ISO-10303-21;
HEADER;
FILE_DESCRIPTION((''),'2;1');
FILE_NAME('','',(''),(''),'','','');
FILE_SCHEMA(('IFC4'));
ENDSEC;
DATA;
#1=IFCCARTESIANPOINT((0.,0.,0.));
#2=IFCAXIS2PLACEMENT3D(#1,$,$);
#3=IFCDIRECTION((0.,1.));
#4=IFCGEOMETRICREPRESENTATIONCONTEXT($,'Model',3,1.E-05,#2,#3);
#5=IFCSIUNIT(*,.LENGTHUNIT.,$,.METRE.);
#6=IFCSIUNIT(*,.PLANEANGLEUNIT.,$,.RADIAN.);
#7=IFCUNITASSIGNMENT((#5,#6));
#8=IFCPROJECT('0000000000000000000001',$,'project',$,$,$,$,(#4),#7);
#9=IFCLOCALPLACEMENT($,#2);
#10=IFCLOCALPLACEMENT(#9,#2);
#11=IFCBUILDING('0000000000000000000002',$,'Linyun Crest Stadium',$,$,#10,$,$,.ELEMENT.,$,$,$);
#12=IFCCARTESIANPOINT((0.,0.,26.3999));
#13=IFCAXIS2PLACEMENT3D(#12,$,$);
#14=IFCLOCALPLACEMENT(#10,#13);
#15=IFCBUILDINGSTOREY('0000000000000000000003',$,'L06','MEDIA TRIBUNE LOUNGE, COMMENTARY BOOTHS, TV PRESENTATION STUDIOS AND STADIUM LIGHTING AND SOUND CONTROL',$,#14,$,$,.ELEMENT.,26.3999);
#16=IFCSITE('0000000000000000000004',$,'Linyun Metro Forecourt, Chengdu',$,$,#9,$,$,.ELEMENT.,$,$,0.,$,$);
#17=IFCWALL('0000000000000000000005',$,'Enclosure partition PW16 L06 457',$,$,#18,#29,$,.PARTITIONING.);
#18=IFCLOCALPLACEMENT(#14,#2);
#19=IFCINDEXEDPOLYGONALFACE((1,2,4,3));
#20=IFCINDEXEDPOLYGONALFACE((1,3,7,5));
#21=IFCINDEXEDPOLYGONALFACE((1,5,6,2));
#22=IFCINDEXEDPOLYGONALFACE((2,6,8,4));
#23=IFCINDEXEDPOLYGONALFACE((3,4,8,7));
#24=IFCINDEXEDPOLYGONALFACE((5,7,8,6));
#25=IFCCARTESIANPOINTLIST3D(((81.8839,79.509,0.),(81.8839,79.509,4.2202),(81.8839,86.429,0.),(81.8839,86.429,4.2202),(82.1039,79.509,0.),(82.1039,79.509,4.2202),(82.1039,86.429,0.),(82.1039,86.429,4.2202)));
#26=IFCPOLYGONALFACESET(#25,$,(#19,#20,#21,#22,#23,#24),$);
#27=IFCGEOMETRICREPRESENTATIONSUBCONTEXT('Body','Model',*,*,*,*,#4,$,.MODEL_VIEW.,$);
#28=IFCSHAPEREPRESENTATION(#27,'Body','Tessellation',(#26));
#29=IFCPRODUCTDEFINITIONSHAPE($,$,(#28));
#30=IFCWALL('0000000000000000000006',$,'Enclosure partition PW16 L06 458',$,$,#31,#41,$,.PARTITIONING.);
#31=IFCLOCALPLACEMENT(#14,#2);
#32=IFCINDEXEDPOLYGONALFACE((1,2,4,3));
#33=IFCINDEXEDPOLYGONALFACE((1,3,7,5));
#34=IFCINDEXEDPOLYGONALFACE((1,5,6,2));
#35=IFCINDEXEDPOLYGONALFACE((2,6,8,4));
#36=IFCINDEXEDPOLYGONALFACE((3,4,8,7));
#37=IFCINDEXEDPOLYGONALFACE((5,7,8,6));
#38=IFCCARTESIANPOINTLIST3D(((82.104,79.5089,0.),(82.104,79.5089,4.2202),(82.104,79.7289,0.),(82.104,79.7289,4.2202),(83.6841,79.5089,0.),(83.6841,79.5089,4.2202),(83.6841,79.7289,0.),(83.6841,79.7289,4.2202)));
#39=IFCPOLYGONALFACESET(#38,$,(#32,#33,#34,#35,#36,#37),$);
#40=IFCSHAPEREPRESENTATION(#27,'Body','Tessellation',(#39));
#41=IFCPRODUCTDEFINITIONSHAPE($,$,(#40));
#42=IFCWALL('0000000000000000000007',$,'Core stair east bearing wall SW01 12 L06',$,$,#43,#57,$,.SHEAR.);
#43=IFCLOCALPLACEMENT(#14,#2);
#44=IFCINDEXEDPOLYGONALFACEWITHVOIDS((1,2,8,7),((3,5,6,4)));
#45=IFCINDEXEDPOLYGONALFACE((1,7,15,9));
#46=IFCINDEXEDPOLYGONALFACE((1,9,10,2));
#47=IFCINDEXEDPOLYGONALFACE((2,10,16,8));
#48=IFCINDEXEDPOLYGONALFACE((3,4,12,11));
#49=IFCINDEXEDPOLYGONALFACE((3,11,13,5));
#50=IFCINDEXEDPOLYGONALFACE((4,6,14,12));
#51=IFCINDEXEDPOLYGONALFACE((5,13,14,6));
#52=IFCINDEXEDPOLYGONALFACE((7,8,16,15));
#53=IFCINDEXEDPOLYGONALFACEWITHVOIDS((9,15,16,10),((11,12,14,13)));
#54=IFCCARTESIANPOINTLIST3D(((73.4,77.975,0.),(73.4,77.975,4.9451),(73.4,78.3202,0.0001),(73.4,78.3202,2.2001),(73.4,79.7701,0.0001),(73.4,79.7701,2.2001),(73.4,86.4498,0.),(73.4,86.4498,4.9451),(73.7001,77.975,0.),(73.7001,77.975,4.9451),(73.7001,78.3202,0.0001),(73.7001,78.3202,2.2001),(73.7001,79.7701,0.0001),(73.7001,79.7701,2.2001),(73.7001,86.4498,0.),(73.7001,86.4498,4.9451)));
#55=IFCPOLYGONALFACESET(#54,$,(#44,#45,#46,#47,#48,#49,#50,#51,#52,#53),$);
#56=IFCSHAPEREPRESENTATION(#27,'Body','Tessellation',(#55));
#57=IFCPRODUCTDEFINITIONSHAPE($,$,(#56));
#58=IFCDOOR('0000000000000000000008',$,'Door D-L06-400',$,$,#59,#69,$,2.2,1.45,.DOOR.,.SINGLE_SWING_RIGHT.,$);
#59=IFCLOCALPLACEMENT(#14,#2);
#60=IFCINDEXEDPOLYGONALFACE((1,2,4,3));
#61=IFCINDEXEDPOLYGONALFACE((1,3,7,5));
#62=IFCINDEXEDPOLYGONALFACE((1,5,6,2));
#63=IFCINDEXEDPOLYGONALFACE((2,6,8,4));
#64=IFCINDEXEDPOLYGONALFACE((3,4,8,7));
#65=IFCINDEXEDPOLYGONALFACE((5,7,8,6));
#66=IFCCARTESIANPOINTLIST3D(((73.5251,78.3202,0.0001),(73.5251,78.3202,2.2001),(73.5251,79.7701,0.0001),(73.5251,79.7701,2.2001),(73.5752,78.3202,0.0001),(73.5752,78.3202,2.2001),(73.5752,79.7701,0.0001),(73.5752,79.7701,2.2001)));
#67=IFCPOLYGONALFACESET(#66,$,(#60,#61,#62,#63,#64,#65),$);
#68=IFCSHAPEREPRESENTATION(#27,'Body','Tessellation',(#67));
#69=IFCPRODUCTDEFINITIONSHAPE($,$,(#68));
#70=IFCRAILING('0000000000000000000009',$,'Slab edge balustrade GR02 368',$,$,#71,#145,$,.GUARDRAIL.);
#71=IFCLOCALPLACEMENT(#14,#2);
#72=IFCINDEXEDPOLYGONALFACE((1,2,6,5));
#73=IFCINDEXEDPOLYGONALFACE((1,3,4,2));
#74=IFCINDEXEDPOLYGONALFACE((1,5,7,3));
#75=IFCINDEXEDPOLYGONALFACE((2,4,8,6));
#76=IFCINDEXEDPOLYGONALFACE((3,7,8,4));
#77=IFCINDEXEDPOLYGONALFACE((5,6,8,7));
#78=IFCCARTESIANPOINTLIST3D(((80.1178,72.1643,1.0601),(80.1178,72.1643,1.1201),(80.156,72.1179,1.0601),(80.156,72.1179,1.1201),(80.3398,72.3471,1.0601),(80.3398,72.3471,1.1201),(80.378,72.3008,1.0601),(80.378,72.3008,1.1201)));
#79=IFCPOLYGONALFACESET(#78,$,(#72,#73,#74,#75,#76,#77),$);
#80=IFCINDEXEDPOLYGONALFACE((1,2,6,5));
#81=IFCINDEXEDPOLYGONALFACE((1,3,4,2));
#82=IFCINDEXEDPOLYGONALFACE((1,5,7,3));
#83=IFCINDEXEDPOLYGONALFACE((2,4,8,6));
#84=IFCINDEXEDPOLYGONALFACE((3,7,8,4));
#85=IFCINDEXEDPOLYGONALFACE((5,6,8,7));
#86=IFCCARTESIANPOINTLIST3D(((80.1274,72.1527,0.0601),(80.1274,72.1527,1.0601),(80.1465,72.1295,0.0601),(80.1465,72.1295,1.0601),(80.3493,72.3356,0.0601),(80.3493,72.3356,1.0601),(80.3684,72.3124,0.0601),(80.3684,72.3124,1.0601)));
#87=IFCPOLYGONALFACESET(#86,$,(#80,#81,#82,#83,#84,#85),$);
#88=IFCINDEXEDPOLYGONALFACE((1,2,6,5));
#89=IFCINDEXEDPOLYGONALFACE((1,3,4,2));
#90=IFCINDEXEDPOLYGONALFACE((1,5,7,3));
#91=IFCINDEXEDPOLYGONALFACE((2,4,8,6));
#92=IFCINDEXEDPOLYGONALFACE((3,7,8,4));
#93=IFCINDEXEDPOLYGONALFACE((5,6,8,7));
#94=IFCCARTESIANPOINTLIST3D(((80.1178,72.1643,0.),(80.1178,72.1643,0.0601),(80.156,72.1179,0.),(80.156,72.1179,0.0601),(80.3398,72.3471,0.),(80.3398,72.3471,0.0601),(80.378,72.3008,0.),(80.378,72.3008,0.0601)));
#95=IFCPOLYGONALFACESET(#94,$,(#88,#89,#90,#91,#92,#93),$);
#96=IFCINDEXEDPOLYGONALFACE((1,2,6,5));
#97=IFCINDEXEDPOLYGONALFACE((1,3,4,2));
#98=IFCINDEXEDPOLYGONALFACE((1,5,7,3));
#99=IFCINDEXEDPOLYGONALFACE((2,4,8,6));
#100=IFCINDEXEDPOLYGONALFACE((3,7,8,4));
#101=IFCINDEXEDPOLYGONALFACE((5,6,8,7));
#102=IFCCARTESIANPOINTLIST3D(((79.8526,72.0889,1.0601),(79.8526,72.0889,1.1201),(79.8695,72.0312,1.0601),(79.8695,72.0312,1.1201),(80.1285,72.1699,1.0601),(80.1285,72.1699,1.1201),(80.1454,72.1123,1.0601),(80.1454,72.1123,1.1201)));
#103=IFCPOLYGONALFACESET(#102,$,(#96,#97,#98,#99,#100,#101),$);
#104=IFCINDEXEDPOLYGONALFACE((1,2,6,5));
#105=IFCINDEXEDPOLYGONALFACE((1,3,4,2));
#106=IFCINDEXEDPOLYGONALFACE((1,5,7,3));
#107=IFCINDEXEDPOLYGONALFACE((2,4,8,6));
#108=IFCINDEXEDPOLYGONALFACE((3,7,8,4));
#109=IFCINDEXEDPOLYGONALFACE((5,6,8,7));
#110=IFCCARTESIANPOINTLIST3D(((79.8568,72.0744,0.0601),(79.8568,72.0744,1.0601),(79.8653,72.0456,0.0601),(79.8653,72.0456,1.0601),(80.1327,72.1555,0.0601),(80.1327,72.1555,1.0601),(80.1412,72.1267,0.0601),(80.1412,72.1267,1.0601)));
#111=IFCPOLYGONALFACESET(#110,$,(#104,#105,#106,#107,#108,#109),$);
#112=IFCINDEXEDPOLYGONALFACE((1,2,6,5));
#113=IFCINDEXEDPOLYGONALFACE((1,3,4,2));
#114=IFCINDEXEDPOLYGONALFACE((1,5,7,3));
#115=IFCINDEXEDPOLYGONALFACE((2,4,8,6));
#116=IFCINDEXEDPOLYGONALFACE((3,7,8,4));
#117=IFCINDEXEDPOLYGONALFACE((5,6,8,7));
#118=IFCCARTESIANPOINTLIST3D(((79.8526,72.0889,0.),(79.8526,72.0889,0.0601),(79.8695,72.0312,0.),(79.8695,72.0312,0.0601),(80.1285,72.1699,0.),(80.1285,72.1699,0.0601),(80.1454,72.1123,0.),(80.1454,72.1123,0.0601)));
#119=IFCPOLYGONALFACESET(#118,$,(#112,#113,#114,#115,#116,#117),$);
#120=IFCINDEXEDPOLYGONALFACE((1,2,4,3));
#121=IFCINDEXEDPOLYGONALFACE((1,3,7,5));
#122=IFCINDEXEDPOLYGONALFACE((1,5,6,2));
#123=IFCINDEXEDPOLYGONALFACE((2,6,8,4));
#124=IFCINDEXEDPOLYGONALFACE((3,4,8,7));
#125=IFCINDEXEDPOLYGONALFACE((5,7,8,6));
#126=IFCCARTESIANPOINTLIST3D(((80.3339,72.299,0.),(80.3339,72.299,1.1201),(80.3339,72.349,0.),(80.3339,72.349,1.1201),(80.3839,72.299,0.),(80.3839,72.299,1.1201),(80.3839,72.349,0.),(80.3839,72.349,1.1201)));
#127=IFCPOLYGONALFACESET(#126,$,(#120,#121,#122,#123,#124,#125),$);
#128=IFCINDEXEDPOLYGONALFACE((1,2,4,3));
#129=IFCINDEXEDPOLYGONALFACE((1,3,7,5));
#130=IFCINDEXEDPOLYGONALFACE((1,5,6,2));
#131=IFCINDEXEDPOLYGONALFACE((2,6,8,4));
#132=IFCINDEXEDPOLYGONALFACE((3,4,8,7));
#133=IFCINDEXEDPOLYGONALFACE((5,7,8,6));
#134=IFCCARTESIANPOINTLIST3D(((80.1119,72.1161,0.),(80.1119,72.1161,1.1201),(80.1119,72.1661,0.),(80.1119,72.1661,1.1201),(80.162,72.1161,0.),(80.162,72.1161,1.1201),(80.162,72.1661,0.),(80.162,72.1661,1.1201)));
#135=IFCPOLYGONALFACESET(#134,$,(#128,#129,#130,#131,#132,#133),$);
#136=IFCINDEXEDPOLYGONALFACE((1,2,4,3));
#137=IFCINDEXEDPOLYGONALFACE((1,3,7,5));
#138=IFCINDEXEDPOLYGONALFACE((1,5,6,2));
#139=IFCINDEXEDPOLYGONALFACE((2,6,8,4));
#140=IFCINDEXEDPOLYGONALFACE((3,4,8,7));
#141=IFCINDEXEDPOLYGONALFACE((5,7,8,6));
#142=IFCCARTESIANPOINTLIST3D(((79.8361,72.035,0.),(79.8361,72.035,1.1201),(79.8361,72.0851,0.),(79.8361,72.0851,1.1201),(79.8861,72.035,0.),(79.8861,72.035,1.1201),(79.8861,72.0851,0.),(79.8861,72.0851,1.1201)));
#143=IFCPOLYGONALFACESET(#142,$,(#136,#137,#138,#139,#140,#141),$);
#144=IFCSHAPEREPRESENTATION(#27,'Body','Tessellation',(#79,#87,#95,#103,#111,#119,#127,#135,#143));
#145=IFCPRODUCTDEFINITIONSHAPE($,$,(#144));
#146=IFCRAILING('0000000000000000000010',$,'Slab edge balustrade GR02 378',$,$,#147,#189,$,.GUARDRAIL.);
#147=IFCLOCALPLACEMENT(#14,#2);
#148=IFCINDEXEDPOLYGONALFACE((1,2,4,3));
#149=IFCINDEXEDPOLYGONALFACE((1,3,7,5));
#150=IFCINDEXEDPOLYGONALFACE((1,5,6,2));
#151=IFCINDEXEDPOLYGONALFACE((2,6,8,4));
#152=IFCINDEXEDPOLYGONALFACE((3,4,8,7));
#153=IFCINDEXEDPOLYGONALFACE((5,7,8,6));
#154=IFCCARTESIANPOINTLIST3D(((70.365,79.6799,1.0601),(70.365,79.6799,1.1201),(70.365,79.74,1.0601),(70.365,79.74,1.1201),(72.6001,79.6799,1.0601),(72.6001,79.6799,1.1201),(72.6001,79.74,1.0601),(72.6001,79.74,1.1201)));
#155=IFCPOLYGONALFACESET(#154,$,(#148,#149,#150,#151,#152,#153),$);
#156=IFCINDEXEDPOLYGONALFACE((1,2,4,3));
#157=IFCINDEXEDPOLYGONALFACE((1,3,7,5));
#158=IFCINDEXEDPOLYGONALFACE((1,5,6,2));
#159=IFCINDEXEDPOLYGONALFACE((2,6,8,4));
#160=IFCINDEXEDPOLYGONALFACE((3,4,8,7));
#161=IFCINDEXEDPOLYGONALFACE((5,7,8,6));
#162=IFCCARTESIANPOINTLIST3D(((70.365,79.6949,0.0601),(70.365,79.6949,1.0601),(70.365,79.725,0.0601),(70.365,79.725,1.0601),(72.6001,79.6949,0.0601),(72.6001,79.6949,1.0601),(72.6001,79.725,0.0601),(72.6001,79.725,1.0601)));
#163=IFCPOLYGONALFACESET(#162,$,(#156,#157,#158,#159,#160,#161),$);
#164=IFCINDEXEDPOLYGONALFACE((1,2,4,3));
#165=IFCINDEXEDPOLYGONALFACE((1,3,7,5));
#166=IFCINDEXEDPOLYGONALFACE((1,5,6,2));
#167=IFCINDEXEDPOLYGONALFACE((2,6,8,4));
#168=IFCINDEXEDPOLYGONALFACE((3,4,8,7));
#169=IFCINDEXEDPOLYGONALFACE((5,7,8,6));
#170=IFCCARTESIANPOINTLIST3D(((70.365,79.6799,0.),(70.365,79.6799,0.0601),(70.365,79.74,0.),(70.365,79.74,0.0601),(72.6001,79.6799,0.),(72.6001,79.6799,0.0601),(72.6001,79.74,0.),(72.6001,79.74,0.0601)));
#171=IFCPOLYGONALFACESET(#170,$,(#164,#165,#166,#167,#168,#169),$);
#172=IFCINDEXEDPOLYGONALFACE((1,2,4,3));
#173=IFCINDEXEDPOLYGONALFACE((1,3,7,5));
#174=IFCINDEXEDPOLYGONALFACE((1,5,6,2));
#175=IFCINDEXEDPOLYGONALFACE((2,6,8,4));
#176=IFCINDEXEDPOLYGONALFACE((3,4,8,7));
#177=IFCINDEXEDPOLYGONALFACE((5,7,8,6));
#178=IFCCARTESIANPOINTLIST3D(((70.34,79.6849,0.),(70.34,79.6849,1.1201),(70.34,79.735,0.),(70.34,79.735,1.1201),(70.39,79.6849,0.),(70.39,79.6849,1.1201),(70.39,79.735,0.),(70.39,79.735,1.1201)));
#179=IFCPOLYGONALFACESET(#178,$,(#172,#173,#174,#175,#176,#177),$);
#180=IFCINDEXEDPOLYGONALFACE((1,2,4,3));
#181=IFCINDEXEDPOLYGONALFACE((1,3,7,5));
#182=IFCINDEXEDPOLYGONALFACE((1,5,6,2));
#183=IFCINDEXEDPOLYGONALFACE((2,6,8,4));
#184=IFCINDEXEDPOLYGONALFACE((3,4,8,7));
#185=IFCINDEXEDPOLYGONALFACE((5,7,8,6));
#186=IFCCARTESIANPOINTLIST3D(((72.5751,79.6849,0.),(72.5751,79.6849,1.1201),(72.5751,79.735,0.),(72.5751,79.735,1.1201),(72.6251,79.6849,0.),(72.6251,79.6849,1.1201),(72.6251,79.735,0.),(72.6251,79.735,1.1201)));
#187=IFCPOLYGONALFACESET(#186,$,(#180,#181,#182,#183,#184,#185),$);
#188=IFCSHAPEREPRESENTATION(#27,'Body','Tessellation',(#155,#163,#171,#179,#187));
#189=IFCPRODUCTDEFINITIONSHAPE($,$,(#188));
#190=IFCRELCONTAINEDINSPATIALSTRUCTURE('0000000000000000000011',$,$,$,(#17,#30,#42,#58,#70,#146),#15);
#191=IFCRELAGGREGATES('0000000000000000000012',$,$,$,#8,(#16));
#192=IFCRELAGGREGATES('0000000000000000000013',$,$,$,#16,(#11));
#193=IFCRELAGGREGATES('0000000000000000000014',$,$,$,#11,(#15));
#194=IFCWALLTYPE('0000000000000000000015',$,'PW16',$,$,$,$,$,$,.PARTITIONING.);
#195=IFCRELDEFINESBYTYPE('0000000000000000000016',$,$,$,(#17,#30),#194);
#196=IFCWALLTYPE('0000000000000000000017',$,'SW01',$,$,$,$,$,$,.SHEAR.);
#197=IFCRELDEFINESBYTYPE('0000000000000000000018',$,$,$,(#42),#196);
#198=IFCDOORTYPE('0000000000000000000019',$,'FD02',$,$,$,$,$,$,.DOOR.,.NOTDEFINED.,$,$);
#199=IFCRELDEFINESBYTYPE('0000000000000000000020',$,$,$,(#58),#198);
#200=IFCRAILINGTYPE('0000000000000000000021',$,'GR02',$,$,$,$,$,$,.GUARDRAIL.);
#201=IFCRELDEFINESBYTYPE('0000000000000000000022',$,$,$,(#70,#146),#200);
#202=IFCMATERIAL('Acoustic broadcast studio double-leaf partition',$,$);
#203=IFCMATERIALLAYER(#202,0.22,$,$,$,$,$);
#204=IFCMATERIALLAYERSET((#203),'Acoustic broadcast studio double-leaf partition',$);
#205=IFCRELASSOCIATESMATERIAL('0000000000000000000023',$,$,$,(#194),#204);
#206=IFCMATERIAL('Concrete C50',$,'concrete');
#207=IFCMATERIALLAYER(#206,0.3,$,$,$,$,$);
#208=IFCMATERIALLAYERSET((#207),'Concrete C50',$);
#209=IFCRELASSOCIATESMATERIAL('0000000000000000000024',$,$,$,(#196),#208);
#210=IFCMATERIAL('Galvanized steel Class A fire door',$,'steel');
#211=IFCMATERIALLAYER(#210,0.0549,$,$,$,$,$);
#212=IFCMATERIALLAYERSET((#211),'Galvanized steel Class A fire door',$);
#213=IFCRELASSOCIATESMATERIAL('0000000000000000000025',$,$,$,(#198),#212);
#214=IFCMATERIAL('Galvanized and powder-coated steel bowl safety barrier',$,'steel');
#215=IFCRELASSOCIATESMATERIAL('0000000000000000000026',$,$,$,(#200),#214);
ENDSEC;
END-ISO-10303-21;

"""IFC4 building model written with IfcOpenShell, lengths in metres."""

from ifc_helpers import new_model, si_unit, direction, frame, frame_2d, origin, origin_2d, place, context, subcontext, project, spatial, rectangle, extrude, material, layer, layer_set, type_object, element, fill, save


model = new_model("IFC4")

# Units and contexts
model_context = context("Model", 3, precision=1e-05, world=origin(), true_north=direction((0.0, 1.0)))
body_context = subcontext(model_context, "Body", "Model", "MODEL_VIEW")
ifc_project = project(units=[si_unit("LENGTHUNIT", "METRE"), si_unit("PLANEANGLEUNIT", "RADIAN")], contexts=[model_context])

# Site, building, storey
site_placement = place(None, origin())
site = spatial("IfcSite", under=ifc_project, at=site_placement, Name="Linyun Metro Forecourt, Chengdu", CompositionType="ELEMENT", RefElevation=0.0)
building_placement = place(site_placement, origin())
building = spatial("IfcBuilding", under=site, at=building_placement, Name="Linyun Crest Stadium", CompositionType="ELEMENT")
storey_placement = place(building_placement, frame((0.0, 0.0, 26.3999)))
storey = spatial("IfcBuildingStorey", under=building, at=storey_placement, Name="L06", Description="MEDIA TRIBUNE LOUNGE, COMMENTARY BOOTHS, TV PRESENTATION STUDIOS AND STADIUM LIGHTING AND SOUND CONTROL", CompositionType="ELEMENT", Elevation=26.3999)

# Walls
ifc_material_1 = material(Name="Acoustic broadcast studio double-leaf partition")
ifc_layer_1 = layer(ifc_material_1, 0.22)
ifc_layer_set_1 = layer_set([ifc_layer_1], Name="Acoustic broadcast studio double-leaf partition")
wall_type_1 = type_object("IfcWallType", Name="PW16", PredefinedType="PARTITIONING", material=ifc_layer_set_1)
wall_1_placement = place(storey_placement, frame((81.9939, 79.509, 0.0), z_axis=(0.0, 0.0, 1.0), x_axis=(0.0, 1.0, 0.0)))
element("IfcWall", 1, at=wall_1_placement, inside=storey, type_object=wall_type_1, Name="Enclosure partition PW16 L06 457", PredefinedType="PARTITIONING", context=body_context, shape_type="SweptSolid", body=[
    extrude(rectangle(XDim=6.9199, YDim=0.22, at=frame_2d((3.46, 0.0))), origin(), (0.0, 0.0, 1.0), 4.2202),
])
wall_2_placement = place(storey_placement, frame((82.104, 79.6189, 0.0), z_axis=(0.0, 0.0, 1.0), x_axis=(1.0, 0.0, 0.0)))
element("IfcWall", 2, at=wall_2_placement, inside=storey, type_object=wall_type_1, Name="Enclosure partition PW16 L06 458", PredefinedType="PARTITIONING", context=body_context, shape_type="SweptSolid", body=[
    extrude(rectangle(XDim=1.5801, YDim=0.22, at=frame_2d((0.79, 0.0))), origin(), (0.0, 0.0, 1.0), 4.2202),
])

# Wall, opening, door
ifc_material_2 = material(Name="Concrete C50", Category="concrete")
ifc_layer_2 = layer(ifc_material_2, 0.3)
ifc_layer_set_2 = layer_set([ifc_layer_2], Name="Concrete C50")
wall_type_2 = type_object("IfcWallType", Name="SW01", PredefinedType="SHEAR", material=ifc_layer_set_2)
wall_3_placement = place(storey_placement, frame((73.55, 77.9751, 0.0), z_axis=(0.0, 0.0, 1.0), x_axis=(0.0, 1.0, 0.0)))
wall_3 = element("IfcWall", 3, at=wall_3_placement, inside=storey, type_object=wall_type_2, Name="Core stair east bearing wall SW01 12 L06", PredefinedType="SHEAR", context=body_context, shape_type="SweptSolid", body=[
    extrude(rectangle(XDim=8.4749, YDim=0.3, at=frame_2d((4.2373, 0.0))), origin(), (0.0, 0.0, 1.0), 4.9451),
])
opening_1_placement = place(wall_3_placement, frame((0.345, 0.0, 0.0)))
opening_1 = element("IfcOpeningElement", 4, at=opening_1_placement, cuts=wall_3, PredefinedType="OPENING", context=body_context, shape_type="SweptSolid", body=[
    extrude(rectangle(XDim=1.45, YDim=2.2, at=frame_2d((0.7251, 1.1001))), frame((0.0, 0.1599, 0.0), z_axis=(0.0, -1.0, 0.0), x_axis=(1.0, 0.0, 0.0)), (0.0, 0.0, 1.0), 0.3201),
])
ifc_material_3 = material(Name="Galvanized steel Class A fire door", Category="steel")
ifc_layer_3 = layer(ifc_material_3, 0.0549)
ifc_layer_set_3 = layer_set([ifc_layer_3], Name="Galvanized steel Class A fire door")
door_type_1 = type_object("IfcDoorType", Name="FD02", OperationType="NOTDEFINED", PredefinedType="DOOR", material=ifc_layer_set_3)
door_1_placement = place(opening_1_placement, origin())
door_1 = element("IfcDoor", 5, at=door_1_placement, inside=storey, type_object=door_type_1, Name="Door D-L06-400", OperationType="SINGLE_SWING_RIGHT", OverallHeight=2.2, OverallWidth=1.45, PredefinedType="DOOR", context=body_context, shape_type="SweptSolid", body=[
    extrude(rectangle(XDim=1.45, YDim=2.2, at=frame_2d((0.7251, 1.1001))), frame((0.0, 0.0249, 0.0), z_axis=(0.0, -1.0, 0.0), x_axis=(1.0, 0.0, 0.0)), (0.0, 0.0, 1.0), 0.05),
])
fill(opening_1, door_1)

# Railings
ifc_material_4 = material(Name="Galvanized and powder-coated steel bowl safety barrier", Category="steel")
railing_type_1 = type_object("IfcRailingType", Name="GR02", PredefinedType="GUARDRAIL", material=ifc_material_4)
railing_1_placement = place(storey_placement, frame((80.3589, 72.324, 0.0)))
element("IfcRailing", 6, at=railing_1_placement, inside=storey, type_object=railing_type_1, Name="Slab edge balustrade GR02 368", PredefinedType="GUARDRAIL", context=body_context, shape_type="SweptSolid", body=[
    extrude(rectangle(XDim=0.0601, YDim=0.0601, at=origin_2d()), frame((0.0, 0.0, 1.0901), z_axis=(-0.771759, -0.635916, 0.0), x_axis=(0.635916, -0.771759, 0.0)), (0.0, 0.0, 1.0), 0.2876),
    extrude(rectangle(XDim=0.03, YDim=1.0, at=origin_2d()), frame((0.0, 0.0, 0.5601), z_axis=(-0.771759, -0.635916, 0.0), x_axis=(0.635916, -0.771759, 0.0)), (0.0, 0.0, 1.0), 0.2876),
    extrude(rectangle(XDim=0.0601, YDim=0.0601, at=origin_2d()), frame((0.0, 0.0, 0.03), z_axis=(-0.771759, -0.635916, 0.0), x_axis=(0.635916, -0.771759, 0.0)), (0.0, 0.0, 1.0), 0.2876),
    extrude(rectangle(XDim=0.0601, YDim=0.0601, at=origin_2d()), frame((-0.2219, -0.1829, 1.0901), z_axis=(-0.959447, -0.281891, 0.0), x_axis=(0.281891, -0.959447, 0.0)), (0.0, 0.0, 1.0), 0.2876),
    extrude(rectangle(XDim=0.03, YDim=1.0, at=origin_2d()), frame((-0.2219, -0.1829, 0.5601), z_axis=(-0.959447, -0.281891, 0.0), x_axis=(0.281891, -0.959447, 0.0)), (0.0, 0.0, 1.0), 0.2876),
    extrude(rectangle(XDim=0.0601, YDim=0.0601, at=origin_2d()), frame((-0.2219, -0.1829, 0.03), z_axis=(-0.959447, -0.281891, 0.0), x_axis=(0.281891, -0.959447, 0.0)), (0.0, 0.0, 1.0), 0.2876),
    extrude(rectangle(XDim=0.05, YDim=0.05, at=origin_2d()), origin(), (0.0, 0.0, 1.0), 1.1201),
    extrude(rectangle(XDim=0.05, YDim=0.05, at=origin_2d()), frame((-0.2219, -0.1829, 0.0)), (0.0, 0.0, 1.0), 1.1201),
    extrude(rectangle(XDim=0.05, YDim=0.05, at=origin_2d()), frame((-0.4978, -0.2639, 0.0)), (0.0, 0.0, 1.0), 1.1201),
])
railing_2_placement = place(storey_placement, frame((70.365, 79.71, 0.0)))
element("IfcRailing", 7, at=railing_2_placement, inside=storey, type_object=railing_type_1, Name="Slab edge balustrade GR02 378", PredefinedType="GUARDRAIL", context=body_context, shape_type="SweptSolid", body=[
    extrude(rectangle(XDim=0.0601, YDim=0.0601, at=origin_2d()), frame((0.0, 0.0, 1.0901), z_axis=(1.0, 0.0, 0.0), x_axis=(0.0, 1.0, 0.0)), (0.0, 0.0, 1.0), 2.2351),
    extrude(rectangle(XDim=0.03, YDim=1.0, at=origin_2d()), frame((0.0, 0.0, 0.5601), z_axis=(1.0, 0.0, 0.0), x_axis=(0.0, 1.0, 0.0)), (0.0, 0.0, 1.0), 2.2351),
    extrude(rectangle(XDim=0.0601, YDim=0.0601, at=origin_2d()), frame((0.0, 0.0, 0.03), z_axis=(1.0, 0.0, 0.0), x_axis=(0.0, 1.0, 0.0)), (0.0, 0.0, 1.0), 2.2351),
    extrude(rectangle(XDim=0.05, YDim=0.05, at=origin_2d()), origin(), (0.0, 0.0, 1.0), 1.1201),
    extrude(rectangle(XDim=0.05, YDim=0.05, at=origin_2d()), frame((2.2351, 0.0, 0.0)), (0.0, 0.0, 1.0), 1.1201),
])

save(model, "model.ifc")
